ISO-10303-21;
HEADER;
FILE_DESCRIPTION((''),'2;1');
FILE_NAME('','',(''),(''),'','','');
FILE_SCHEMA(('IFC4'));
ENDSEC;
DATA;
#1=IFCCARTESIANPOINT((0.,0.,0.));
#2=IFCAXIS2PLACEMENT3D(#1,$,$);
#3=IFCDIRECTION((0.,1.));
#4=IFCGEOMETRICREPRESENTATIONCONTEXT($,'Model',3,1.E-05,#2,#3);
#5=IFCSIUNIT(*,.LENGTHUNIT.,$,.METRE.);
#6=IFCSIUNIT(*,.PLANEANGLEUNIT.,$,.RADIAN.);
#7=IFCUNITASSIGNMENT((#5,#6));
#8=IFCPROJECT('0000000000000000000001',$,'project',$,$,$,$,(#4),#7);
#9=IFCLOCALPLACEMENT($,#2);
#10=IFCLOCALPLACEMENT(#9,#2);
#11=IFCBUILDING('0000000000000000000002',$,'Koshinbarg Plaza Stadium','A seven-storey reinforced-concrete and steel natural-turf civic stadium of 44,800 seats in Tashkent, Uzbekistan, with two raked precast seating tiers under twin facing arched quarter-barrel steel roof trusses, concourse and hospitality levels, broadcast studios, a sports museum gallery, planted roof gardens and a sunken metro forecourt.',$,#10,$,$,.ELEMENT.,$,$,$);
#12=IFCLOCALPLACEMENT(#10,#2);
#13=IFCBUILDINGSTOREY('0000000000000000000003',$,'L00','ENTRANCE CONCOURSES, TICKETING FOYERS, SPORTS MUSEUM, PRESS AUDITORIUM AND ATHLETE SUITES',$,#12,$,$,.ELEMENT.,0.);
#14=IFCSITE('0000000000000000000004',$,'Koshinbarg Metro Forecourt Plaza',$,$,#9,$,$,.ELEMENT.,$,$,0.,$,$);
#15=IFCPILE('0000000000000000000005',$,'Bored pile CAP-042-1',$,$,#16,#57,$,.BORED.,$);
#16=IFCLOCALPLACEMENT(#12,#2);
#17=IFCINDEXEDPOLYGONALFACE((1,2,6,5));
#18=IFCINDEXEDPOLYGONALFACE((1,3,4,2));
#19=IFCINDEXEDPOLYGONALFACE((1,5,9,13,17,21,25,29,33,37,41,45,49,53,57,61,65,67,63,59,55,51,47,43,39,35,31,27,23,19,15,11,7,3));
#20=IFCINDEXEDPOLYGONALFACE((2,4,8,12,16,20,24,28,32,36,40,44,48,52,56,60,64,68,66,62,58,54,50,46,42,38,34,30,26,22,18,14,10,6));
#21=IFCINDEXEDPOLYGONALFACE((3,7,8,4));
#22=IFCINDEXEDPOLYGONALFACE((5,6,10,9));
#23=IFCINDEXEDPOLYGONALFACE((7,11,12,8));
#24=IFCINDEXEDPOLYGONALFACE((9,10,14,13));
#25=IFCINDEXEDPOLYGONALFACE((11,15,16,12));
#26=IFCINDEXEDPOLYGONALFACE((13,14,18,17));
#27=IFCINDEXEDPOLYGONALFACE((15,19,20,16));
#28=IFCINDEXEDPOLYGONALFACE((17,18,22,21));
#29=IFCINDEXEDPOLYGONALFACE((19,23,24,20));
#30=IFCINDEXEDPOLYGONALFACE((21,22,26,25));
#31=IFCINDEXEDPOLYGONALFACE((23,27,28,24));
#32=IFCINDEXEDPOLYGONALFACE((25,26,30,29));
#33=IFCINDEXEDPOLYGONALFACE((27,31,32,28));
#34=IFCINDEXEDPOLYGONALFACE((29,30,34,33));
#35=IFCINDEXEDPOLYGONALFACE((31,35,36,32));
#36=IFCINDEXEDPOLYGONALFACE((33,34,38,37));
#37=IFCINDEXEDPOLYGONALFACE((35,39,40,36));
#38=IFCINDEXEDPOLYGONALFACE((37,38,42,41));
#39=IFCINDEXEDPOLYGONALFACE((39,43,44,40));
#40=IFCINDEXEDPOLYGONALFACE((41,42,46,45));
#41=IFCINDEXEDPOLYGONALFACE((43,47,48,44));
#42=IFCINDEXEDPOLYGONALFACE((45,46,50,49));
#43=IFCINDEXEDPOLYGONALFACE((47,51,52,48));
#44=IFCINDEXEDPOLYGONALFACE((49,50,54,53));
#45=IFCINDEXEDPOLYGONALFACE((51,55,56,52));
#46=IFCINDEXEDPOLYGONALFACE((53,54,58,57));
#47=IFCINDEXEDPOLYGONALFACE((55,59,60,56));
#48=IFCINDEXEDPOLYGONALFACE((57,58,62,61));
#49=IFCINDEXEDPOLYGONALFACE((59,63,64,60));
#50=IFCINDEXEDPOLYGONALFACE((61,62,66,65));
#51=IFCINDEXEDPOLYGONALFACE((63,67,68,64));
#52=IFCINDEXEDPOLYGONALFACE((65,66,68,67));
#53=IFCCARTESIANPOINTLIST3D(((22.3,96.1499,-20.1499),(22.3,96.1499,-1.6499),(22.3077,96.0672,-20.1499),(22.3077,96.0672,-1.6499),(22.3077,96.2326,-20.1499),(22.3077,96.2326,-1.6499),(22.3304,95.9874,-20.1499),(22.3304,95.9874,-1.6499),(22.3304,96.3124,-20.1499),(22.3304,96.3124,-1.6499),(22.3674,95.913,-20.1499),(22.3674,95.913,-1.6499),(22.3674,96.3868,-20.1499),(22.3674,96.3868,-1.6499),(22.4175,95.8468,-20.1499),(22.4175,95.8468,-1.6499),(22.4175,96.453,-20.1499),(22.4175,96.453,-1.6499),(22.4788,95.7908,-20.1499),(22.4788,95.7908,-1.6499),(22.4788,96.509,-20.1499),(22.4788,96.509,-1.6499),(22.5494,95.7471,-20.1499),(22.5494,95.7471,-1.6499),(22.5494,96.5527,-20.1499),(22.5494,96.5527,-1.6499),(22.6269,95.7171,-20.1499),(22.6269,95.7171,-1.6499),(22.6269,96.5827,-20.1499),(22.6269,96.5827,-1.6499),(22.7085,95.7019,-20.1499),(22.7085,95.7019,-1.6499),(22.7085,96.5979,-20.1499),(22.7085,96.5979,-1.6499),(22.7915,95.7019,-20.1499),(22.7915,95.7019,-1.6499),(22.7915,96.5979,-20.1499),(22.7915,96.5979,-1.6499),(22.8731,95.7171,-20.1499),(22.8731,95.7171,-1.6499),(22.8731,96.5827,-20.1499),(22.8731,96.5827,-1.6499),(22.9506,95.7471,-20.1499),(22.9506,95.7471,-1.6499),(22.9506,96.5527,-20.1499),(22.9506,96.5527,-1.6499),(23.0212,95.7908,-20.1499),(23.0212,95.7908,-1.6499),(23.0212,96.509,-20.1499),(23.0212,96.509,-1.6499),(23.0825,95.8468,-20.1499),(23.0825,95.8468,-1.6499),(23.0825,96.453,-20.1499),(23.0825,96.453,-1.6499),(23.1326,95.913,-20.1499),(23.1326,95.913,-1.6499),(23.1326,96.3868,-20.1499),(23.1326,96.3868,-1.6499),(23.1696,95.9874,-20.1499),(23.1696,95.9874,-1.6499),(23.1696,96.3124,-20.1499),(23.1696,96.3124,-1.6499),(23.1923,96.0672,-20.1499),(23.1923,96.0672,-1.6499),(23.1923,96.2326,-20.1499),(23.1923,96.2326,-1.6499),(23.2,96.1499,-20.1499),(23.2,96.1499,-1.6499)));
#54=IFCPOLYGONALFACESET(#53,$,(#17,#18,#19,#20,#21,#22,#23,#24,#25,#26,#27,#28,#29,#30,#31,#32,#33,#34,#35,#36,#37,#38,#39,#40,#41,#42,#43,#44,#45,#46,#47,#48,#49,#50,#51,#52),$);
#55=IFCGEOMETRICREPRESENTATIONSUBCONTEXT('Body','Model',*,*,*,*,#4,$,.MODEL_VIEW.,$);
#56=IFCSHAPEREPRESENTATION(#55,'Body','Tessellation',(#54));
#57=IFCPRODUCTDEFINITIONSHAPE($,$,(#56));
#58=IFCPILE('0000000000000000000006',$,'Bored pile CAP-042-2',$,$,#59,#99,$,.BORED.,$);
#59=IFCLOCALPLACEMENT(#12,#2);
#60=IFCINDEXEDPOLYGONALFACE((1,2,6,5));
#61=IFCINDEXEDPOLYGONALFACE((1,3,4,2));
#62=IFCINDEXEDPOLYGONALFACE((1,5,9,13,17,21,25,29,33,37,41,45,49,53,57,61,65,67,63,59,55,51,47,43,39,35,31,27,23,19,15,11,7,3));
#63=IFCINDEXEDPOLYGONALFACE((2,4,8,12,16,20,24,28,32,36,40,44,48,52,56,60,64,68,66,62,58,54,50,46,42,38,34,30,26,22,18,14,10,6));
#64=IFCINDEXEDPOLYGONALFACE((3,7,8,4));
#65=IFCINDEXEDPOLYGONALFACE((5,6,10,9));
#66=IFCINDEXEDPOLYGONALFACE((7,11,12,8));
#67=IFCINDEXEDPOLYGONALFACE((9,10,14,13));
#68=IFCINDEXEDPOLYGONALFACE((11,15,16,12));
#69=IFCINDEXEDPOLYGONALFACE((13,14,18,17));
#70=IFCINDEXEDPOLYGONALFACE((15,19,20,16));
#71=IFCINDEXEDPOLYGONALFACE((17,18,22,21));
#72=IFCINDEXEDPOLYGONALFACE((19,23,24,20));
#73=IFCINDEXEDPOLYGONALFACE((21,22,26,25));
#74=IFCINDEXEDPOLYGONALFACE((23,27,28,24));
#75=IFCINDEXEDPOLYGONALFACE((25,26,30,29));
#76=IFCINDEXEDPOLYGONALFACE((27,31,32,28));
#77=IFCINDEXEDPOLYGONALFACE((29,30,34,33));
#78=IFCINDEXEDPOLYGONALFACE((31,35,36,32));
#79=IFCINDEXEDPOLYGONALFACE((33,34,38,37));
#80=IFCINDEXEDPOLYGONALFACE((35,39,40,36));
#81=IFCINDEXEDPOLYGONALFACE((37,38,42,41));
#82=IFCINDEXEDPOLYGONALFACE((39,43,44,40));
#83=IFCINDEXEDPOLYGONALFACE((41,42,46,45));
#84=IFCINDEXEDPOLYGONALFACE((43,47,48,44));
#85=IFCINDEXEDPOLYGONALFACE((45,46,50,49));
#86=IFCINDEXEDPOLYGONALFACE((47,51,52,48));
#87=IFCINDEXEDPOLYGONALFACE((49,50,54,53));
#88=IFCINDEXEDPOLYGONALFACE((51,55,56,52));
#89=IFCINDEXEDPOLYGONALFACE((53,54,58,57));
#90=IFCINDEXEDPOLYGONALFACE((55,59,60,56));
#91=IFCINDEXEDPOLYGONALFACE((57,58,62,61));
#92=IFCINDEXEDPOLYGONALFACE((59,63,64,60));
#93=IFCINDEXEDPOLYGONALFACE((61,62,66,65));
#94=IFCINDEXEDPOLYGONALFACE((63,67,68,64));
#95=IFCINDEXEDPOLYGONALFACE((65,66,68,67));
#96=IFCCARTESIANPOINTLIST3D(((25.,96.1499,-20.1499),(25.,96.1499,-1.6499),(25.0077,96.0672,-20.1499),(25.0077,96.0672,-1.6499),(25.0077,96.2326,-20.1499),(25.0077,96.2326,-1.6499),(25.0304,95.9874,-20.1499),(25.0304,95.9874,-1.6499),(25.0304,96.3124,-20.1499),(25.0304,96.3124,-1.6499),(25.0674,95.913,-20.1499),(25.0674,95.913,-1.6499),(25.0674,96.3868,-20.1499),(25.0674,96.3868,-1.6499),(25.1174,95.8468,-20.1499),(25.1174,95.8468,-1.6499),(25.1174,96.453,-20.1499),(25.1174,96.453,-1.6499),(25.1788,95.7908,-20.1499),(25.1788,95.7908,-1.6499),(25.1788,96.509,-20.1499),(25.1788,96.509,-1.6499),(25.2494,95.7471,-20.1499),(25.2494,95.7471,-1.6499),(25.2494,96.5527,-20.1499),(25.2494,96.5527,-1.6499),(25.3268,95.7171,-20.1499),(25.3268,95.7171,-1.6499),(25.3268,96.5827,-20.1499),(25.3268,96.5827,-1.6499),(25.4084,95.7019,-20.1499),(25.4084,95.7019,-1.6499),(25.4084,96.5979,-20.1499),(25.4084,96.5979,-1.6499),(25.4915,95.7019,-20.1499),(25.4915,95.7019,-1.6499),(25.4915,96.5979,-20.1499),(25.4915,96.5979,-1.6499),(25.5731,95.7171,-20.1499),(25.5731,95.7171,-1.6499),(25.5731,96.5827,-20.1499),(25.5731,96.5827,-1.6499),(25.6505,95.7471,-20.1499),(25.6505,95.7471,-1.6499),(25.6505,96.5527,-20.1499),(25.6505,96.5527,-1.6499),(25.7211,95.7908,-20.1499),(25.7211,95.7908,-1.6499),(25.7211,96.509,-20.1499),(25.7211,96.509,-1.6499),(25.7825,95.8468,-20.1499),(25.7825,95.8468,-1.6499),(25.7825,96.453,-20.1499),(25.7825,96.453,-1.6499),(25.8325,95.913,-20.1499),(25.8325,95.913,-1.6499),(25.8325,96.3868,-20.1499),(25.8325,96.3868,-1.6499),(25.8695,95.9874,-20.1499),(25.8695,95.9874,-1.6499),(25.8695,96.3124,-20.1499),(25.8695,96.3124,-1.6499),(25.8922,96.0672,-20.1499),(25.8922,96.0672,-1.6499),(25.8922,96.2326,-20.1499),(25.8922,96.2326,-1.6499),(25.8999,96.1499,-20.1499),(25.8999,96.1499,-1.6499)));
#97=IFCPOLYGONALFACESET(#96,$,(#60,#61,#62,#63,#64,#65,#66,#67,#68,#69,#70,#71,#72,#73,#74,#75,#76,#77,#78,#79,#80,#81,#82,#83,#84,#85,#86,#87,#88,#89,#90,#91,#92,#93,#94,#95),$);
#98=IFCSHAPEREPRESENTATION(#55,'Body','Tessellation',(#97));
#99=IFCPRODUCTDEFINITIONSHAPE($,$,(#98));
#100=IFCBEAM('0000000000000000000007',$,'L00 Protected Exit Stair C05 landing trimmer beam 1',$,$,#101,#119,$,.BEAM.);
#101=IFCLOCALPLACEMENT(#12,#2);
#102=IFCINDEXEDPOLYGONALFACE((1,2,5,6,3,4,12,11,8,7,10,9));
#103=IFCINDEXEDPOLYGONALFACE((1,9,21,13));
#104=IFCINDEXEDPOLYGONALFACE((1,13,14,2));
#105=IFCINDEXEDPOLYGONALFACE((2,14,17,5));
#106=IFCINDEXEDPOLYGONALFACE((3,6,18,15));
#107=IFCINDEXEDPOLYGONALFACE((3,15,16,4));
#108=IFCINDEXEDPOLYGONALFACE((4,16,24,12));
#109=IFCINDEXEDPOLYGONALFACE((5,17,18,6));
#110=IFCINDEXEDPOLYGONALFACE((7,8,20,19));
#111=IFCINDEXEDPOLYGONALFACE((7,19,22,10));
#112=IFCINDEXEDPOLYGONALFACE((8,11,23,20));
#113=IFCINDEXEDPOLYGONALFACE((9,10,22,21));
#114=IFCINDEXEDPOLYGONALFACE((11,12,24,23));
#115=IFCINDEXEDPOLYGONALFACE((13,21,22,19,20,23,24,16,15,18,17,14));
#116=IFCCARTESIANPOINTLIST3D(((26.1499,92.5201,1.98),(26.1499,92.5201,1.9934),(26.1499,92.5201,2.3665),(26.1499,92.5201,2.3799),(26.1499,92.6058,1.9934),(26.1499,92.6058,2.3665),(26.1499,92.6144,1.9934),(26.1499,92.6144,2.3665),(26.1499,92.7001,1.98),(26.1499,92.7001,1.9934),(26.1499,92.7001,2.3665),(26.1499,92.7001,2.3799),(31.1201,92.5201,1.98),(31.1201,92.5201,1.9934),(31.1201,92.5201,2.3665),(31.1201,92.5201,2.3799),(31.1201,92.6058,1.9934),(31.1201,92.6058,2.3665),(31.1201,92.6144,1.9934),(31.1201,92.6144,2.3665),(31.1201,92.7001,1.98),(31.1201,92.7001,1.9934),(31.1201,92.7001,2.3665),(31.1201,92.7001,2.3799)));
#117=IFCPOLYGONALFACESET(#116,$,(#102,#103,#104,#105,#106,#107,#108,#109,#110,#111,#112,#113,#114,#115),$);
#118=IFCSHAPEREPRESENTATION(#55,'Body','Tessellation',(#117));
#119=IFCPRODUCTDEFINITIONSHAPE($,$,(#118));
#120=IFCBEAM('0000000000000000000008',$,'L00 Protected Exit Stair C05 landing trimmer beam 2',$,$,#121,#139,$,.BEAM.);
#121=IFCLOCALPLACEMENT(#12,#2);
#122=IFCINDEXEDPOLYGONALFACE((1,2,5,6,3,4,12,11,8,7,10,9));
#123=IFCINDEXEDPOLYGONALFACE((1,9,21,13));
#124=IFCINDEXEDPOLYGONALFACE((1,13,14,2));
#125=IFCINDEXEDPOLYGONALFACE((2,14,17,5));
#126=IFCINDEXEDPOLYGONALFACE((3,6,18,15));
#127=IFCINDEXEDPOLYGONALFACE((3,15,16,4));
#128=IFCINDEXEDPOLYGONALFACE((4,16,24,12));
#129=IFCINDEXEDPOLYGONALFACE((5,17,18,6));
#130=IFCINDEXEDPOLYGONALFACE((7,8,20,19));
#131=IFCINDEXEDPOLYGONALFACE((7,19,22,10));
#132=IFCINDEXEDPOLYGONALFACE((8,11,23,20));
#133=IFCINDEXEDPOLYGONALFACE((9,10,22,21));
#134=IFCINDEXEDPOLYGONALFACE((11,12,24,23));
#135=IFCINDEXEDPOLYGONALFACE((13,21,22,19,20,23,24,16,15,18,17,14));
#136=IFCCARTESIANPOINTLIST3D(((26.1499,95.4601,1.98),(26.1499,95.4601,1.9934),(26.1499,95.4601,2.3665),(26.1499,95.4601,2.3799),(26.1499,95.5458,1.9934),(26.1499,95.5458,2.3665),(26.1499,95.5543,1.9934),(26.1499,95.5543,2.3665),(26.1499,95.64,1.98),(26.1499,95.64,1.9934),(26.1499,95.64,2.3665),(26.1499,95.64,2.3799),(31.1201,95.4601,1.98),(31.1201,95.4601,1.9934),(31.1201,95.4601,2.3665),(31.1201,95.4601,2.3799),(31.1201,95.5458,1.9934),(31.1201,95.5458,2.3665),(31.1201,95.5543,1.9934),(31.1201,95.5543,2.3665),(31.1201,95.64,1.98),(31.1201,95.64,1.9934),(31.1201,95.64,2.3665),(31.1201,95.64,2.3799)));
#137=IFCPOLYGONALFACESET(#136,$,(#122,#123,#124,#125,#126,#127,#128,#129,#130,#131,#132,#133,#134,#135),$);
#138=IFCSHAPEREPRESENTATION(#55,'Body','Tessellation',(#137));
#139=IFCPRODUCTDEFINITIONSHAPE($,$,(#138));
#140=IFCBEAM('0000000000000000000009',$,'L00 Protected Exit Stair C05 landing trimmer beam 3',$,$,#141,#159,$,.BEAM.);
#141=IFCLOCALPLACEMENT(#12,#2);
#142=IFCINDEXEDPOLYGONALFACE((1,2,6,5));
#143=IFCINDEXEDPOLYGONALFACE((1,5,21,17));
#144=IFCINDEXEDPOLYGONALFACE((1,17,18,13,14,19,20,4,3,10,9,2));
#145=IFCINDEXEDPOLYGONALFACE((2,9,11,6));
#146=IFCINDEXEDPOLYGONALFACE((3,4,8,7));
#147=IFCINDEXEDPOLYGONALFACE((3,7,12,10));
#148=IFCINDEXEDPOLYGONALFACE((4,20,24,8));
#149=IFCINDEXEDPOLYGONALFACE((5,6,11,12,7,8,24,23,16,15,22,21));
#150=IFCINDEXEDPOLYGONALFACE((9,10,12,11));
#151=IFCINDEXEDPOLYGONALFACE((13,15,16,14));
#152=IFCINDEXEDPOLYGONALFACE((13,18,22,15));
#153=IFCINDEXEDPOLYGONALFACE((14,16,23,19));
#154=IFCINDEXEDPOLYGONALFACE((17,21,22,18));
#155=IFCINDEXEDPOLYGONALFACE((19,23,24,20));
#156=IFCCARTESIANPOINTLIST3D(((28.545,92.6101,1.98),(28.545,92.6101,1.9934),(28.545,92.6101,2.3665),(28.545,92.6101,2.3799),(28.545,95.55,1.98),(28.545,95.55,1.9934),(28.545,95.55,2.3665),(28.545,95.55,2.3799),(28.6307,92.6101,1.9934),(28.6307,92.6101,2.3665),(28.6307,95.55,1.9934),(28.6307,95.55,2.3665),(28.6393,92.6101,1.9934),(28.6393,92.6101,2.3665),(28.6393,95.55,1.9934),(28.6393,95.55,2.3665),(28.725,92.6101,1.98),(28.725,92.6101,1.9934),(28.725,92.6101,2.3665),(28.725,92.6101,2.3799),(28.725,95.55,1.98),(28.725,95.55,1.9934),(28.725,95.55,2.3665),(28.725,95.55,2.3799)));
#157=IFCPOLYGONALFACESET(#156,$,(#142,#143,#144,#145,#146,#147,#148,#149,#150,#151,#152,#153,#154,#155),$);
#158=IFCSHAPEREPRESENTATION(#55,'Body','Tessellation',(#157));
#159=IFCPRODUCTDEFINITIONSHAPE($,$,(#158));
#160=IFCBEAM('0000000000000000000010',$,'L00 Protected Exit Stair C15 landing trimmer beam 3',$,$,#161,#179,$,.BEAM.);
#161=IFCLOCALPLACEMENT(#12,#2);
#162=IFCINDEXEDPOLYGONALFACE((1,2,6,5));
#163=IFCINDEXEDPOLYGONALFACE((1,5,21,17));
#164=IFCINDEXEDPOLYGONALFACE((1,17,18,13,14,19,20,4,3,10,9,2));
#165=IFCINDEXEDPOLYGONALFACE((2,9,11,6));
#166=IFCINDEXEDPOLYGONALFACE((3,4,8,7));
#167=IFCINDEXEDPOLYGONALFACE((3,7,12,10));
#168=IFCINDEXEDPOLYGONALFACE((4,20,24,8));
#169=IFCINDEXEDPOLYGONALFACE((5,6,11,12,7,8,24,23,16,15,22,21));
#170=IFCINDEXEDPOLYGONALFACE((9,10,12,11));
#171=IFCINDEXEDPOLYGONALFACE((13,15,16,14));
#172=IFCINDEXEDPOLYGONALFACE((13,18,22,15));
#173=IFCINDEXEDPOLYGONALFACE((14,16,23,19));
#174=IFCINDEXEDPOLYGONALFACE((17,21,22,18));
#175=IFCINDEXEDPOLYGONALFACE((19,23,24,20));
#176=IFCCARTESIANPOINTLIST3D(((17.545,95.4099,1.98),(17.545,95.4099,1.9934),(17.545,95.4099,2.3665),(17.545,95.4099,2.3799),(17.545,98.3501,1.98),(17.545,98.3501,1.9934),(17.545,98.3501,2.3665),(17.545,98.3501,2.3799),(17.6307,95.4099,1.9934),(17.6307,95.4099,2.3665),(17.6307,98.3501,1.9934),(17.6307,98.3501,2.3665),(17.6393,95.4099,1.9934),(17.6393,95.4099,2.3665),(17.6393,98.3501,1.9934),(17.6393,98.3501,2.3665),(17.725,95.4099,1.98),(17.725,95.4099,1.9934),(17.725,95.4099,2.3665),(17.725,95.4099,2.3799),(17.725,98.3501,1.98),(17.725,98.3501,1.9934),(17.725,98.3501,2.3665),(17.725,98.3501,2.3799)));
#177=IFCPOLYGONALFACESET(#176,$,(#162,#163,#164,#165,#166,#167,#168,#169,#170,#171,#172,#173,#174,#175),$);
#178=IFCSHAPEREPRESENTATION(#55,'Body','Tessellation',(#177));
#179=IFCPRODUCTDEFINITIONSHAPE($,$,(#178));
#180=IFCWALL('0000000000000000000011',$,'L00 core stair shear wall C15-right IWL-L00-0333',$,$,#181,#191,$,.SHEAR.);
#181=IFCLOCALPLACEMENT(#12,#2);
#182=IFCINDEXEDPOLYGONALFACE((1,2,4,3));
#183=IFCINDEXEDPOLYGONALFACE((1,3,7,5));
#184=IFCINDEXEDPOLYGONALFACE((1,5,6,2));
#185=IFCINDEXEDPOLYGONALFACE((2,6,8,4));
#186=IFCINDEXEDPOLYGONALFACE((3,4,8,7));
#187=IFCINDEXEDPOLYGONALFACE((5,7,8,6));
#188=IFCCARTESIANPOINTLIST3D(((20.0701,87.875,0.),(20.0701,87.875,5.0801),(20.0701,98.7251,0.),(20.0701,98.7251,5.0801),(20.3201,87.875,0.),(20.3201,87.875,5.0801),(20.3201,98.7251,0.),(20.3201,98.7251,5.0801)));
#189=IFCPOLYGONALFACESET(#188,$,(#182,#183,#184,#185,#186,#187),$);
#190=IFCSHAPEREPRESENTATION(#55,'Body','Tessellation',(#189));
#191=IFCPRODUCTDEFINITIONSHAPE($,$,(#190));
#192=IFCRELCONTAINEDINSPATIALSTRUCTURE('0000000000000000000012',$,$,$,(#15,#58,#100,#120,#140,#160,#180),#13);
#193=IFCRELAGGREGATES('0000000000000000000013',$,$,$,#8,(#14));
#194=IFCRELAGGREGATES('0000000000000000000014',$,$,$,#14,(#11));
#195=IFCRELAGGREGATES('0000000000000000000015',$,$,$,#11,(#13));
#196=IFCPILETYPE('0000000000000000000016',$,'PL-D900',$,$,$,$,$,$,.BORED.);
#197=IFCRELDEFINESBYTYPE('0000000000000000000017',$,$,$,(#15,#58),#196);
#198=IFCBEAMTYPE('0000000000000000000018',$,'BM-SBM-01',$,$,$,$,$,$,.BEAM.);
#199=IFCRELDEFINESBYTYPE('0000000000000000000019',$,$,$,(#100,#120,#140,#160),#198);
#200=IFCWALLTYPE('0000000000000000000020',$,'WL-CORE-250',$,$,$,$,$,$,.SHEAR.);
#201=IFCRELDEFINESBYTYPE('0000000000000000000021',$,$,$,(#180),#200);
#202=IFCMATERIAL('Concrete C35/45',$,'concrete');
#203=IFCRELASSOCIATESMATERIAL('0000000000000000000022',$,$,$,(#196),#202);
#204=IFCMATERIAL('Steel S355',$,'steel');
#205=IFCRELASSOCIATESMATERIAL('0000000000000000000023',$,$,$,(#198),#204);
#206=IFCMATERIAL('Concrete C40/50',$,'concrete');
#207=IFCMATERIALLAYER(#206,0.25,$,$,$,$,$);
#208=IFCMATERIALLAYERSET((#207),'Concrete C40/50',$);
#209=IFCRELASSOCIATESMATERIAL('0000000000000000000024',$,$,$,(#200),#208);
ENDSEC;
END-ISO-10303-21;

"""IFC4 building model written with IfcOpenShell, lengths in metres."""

from ifc_helpers import new_model, si_unit, direction, frame, frame_2d, origin, origin_2d, place, context, subcontext, project, spatial, rectangle, circle, i_section, extrude, material, layer, layer_set, material_profile, profile_set, type_object, element, save


model = new_model("IFC4")

# Units and contexts
model_context = context("Model", 3, precision=1e-05, world=origin(), true_north=direction((0.0, 1.0)))
body_context = subcontext(model_context, "Body", "Model", "MODEL_VIEW")
ifc_project = project(units=[si_unit("LENGTHUNIT", "METRE"), si_unit("PLANEANGLEUNIT", "RADIAN")], contexts=[model_context])

# Site, building, storey
site_placement = place(None, origin())
site = spatial("IfcSite", under=ifc_project, at=site_placement, Name="Koshinbarg Metro Forecourt Plaza", CompositionType="ELEMENT", RefElevation=0.0)
building_placement = place(site_placement, origin())
building = spatial("IfcBuilding", under=site, at=building_placement, Name="Koshinbarg Plaza Stadium", Description="A seven-storey reinforced-concrete and steel natural-turf civic stadium of 44,800 seats in Tashkent, Uzbekistan, with two raked precast seating tiers under twin facing arched quarter-barrel steel roof trusses, concourse and hospitality levels, broadcast studios, a sports museum gallery, planted roof gardens and a sunken metro forecourt.", CompositionType="ELEMENT")
storey_placement = place(building_placement, origin())
storey = spatial("IfcBuildingStorey", under=building, at=storey_placement, Name="L00", Description="ENTRANCE CONCOURSES, TICKETING FOYERS, SPORTS MUSEUM, PRESS AUDITORIUM AND ATHLETE SUITES", CompositionType="ELEMENT", Elevation=0.0)

# Piles
ifc_material_1 = material(Name="Concrete C35/45", Category="concrete")
ifc_material_profile_1 = material_profile(ifc_material_1, circle(Radius=0.45, at=origin_2d()), Name="PILE D900")
ifc_profile_set_1 = profile_set([ifc_material_profile_1], Name="Concrete C35/45")
pile_type = type_object("IfcPileType", Name="PL-D900", PredefinedType="BORED", material=ifc_profile_set_1)
for number, where, z_axis, x_axis, name in (
    (1, (22.75, 96.1499, -1.6499), (0.0, 0.0, -1.0), (1.0, 0.0, 0.0), "Bored pile CAP-042-1"),
    (2, (25.45, 96.1499, -1.6499), (0.0, 0.0, -1.0), (1.0, 0.0, 0.0), "Bored pile CAP-042-2"),
):
    element("IfcPile", number, at=place(storey_placement, frame(where, z_axis=z_axis, x_axis=x_axis)), inside=storey, type_object=pile_type, Name=name, PredefinedType="BORED", context=body_context, shape_type="SweptSolid", body=[
        extrude(circle(Radius=0.45, at=origin_2d()), origin(), (0.0, 0.0, 1.0), 18.5),
    ])

# Beams
ifc_material_2 = material(Name="Steel S355", Category="steel")
ifc_material_profile_2 = material_profile(ifc_material_2, i_section(OverallWidth=0.1799, OverallDepth=0.3999, WebThickness=0.0085, FlangeThickness=0.0134, at=origin_2d()), Name="IPE 400")
ifc_profile_set_2 = profile_set([ifc_material_profile_2], Name="Steel S355")
beam_type = type_object("IfcBeamType", Name="BM-SBM-01", PredefinedType="BEAM", material=ifc_profile_set_2)
for number, where, z_axis, x_axis, name in (
    (3, (26.1499, 92.6101, 2.1799), (1.0, 0.0, 0.0), (0.0, 1.0, 0.0), "L00 Protected Exit Stair C05 landing trimmer beam 1"),
    (4, (26.1499, 95.55, 2.1799), (1.0, 0.0, 0.0), (0.0, 1.0, 0.0), "L00 Protected Exit Stair C05 landing trimmer beam 2"),
):
    element("IfcBeam", number, at=place(storey_placement, frame(where, z_axis=z_axis, x_axis=x_axis)), inside=storey, type_object=beam_type, Name=name, PredefinedType="BEAM", context=body_context, shape_type="SweptSolid", body=[
        extrude(i_section(OverallWidth=0.1799, OverallDepth=0.3999, WebThickness=0.0085, FlangeThickness=0.0134, at=origin_2d()), origin(), (0.0, 0.0, 1.0), 4.9702),
    ])
beam_1_placement = place(storey_placement, frame((28.635, 92.6101, 2.1799), z_axis=(0.0, 1.0, 0.0), x_axis=(-1.0, 0.0, 0.0)))
element("IfcBeam", 5, at=beam_1_placement, inside=storey, type_object=beam_type, Name="L00 Protected Exit Stair C05 landing trimmer beam 3", PredefinedType="BEAM", context=body_context, shape_type="SweptSolid", body=[
    extrude(i_section(OverallWidth=0.1799, OverallDepth=0.3999, WebThickness=0.0085, FlangeThickness=0.0134, at=origin_2d()), origin(), (0.0, 0.0, 1.0), 2.9399),
])
beam_2_placement = place(storey_placement, frame((17.635, 95.4099, 2.1799), z_axis=(0.0, 1.0, 0.0), x_axis=(-1.0, 0.0, 0.0)))
element("IfcBeam", 6, at=beam_2_placement, inside=storey, type_object=beam_type, Name="L00 Protected Exit Stair C15 landing trimmer beam 3", PredefinedType="BEAM", context=body_context, shape_type="SweptSolid", body=[
    extrude(i_section(OverallWidth=0.1799, OverallDepth=0.3999, WebThickness=0.0085, FlangeThickness=0.0134, at=origin_2d()), origin(), (0.0, 0.0, 1.0), 2.9402),
])

# Wall
ifc_material_3 = material(Name="Concrete C40/50", Category="concrete")
ifc_layer_1 = layer(ifc_material_3, 0.25)
ifc_layer_set_1 = layer_set([ifc_layer_1], Name="Concrete C40/50")
wall_type_1 = type_object("IfcWallType", Name="WL-CORE-250", PredefinedType="SHEAR", material=ifc_layer_set_1)
wall_1_placement = place(storey_placement, frame((20.1951, 87.875, 0.0), z_axis=(0.0, 0.0, 1.0), x_axis=(0.0, 1.0, 0.0)))
element("IfcWall", 7, at=wall_1_placement, inside=storey, type_object=wall_type_1, Name="L00 core stair shear wall C15-right IWL-L00-0333", PredefinedType="SHEAR", context=body_context, shape_type="SweptSolid", body=[
    extrude(rectangle(XDim=10.8501, YDim=0.25, at=frame_2d((5.425, 0.0))), origin(), (0.0, 0.0, 1.0), 5.0801),
])

save(model, "model.ifc")
